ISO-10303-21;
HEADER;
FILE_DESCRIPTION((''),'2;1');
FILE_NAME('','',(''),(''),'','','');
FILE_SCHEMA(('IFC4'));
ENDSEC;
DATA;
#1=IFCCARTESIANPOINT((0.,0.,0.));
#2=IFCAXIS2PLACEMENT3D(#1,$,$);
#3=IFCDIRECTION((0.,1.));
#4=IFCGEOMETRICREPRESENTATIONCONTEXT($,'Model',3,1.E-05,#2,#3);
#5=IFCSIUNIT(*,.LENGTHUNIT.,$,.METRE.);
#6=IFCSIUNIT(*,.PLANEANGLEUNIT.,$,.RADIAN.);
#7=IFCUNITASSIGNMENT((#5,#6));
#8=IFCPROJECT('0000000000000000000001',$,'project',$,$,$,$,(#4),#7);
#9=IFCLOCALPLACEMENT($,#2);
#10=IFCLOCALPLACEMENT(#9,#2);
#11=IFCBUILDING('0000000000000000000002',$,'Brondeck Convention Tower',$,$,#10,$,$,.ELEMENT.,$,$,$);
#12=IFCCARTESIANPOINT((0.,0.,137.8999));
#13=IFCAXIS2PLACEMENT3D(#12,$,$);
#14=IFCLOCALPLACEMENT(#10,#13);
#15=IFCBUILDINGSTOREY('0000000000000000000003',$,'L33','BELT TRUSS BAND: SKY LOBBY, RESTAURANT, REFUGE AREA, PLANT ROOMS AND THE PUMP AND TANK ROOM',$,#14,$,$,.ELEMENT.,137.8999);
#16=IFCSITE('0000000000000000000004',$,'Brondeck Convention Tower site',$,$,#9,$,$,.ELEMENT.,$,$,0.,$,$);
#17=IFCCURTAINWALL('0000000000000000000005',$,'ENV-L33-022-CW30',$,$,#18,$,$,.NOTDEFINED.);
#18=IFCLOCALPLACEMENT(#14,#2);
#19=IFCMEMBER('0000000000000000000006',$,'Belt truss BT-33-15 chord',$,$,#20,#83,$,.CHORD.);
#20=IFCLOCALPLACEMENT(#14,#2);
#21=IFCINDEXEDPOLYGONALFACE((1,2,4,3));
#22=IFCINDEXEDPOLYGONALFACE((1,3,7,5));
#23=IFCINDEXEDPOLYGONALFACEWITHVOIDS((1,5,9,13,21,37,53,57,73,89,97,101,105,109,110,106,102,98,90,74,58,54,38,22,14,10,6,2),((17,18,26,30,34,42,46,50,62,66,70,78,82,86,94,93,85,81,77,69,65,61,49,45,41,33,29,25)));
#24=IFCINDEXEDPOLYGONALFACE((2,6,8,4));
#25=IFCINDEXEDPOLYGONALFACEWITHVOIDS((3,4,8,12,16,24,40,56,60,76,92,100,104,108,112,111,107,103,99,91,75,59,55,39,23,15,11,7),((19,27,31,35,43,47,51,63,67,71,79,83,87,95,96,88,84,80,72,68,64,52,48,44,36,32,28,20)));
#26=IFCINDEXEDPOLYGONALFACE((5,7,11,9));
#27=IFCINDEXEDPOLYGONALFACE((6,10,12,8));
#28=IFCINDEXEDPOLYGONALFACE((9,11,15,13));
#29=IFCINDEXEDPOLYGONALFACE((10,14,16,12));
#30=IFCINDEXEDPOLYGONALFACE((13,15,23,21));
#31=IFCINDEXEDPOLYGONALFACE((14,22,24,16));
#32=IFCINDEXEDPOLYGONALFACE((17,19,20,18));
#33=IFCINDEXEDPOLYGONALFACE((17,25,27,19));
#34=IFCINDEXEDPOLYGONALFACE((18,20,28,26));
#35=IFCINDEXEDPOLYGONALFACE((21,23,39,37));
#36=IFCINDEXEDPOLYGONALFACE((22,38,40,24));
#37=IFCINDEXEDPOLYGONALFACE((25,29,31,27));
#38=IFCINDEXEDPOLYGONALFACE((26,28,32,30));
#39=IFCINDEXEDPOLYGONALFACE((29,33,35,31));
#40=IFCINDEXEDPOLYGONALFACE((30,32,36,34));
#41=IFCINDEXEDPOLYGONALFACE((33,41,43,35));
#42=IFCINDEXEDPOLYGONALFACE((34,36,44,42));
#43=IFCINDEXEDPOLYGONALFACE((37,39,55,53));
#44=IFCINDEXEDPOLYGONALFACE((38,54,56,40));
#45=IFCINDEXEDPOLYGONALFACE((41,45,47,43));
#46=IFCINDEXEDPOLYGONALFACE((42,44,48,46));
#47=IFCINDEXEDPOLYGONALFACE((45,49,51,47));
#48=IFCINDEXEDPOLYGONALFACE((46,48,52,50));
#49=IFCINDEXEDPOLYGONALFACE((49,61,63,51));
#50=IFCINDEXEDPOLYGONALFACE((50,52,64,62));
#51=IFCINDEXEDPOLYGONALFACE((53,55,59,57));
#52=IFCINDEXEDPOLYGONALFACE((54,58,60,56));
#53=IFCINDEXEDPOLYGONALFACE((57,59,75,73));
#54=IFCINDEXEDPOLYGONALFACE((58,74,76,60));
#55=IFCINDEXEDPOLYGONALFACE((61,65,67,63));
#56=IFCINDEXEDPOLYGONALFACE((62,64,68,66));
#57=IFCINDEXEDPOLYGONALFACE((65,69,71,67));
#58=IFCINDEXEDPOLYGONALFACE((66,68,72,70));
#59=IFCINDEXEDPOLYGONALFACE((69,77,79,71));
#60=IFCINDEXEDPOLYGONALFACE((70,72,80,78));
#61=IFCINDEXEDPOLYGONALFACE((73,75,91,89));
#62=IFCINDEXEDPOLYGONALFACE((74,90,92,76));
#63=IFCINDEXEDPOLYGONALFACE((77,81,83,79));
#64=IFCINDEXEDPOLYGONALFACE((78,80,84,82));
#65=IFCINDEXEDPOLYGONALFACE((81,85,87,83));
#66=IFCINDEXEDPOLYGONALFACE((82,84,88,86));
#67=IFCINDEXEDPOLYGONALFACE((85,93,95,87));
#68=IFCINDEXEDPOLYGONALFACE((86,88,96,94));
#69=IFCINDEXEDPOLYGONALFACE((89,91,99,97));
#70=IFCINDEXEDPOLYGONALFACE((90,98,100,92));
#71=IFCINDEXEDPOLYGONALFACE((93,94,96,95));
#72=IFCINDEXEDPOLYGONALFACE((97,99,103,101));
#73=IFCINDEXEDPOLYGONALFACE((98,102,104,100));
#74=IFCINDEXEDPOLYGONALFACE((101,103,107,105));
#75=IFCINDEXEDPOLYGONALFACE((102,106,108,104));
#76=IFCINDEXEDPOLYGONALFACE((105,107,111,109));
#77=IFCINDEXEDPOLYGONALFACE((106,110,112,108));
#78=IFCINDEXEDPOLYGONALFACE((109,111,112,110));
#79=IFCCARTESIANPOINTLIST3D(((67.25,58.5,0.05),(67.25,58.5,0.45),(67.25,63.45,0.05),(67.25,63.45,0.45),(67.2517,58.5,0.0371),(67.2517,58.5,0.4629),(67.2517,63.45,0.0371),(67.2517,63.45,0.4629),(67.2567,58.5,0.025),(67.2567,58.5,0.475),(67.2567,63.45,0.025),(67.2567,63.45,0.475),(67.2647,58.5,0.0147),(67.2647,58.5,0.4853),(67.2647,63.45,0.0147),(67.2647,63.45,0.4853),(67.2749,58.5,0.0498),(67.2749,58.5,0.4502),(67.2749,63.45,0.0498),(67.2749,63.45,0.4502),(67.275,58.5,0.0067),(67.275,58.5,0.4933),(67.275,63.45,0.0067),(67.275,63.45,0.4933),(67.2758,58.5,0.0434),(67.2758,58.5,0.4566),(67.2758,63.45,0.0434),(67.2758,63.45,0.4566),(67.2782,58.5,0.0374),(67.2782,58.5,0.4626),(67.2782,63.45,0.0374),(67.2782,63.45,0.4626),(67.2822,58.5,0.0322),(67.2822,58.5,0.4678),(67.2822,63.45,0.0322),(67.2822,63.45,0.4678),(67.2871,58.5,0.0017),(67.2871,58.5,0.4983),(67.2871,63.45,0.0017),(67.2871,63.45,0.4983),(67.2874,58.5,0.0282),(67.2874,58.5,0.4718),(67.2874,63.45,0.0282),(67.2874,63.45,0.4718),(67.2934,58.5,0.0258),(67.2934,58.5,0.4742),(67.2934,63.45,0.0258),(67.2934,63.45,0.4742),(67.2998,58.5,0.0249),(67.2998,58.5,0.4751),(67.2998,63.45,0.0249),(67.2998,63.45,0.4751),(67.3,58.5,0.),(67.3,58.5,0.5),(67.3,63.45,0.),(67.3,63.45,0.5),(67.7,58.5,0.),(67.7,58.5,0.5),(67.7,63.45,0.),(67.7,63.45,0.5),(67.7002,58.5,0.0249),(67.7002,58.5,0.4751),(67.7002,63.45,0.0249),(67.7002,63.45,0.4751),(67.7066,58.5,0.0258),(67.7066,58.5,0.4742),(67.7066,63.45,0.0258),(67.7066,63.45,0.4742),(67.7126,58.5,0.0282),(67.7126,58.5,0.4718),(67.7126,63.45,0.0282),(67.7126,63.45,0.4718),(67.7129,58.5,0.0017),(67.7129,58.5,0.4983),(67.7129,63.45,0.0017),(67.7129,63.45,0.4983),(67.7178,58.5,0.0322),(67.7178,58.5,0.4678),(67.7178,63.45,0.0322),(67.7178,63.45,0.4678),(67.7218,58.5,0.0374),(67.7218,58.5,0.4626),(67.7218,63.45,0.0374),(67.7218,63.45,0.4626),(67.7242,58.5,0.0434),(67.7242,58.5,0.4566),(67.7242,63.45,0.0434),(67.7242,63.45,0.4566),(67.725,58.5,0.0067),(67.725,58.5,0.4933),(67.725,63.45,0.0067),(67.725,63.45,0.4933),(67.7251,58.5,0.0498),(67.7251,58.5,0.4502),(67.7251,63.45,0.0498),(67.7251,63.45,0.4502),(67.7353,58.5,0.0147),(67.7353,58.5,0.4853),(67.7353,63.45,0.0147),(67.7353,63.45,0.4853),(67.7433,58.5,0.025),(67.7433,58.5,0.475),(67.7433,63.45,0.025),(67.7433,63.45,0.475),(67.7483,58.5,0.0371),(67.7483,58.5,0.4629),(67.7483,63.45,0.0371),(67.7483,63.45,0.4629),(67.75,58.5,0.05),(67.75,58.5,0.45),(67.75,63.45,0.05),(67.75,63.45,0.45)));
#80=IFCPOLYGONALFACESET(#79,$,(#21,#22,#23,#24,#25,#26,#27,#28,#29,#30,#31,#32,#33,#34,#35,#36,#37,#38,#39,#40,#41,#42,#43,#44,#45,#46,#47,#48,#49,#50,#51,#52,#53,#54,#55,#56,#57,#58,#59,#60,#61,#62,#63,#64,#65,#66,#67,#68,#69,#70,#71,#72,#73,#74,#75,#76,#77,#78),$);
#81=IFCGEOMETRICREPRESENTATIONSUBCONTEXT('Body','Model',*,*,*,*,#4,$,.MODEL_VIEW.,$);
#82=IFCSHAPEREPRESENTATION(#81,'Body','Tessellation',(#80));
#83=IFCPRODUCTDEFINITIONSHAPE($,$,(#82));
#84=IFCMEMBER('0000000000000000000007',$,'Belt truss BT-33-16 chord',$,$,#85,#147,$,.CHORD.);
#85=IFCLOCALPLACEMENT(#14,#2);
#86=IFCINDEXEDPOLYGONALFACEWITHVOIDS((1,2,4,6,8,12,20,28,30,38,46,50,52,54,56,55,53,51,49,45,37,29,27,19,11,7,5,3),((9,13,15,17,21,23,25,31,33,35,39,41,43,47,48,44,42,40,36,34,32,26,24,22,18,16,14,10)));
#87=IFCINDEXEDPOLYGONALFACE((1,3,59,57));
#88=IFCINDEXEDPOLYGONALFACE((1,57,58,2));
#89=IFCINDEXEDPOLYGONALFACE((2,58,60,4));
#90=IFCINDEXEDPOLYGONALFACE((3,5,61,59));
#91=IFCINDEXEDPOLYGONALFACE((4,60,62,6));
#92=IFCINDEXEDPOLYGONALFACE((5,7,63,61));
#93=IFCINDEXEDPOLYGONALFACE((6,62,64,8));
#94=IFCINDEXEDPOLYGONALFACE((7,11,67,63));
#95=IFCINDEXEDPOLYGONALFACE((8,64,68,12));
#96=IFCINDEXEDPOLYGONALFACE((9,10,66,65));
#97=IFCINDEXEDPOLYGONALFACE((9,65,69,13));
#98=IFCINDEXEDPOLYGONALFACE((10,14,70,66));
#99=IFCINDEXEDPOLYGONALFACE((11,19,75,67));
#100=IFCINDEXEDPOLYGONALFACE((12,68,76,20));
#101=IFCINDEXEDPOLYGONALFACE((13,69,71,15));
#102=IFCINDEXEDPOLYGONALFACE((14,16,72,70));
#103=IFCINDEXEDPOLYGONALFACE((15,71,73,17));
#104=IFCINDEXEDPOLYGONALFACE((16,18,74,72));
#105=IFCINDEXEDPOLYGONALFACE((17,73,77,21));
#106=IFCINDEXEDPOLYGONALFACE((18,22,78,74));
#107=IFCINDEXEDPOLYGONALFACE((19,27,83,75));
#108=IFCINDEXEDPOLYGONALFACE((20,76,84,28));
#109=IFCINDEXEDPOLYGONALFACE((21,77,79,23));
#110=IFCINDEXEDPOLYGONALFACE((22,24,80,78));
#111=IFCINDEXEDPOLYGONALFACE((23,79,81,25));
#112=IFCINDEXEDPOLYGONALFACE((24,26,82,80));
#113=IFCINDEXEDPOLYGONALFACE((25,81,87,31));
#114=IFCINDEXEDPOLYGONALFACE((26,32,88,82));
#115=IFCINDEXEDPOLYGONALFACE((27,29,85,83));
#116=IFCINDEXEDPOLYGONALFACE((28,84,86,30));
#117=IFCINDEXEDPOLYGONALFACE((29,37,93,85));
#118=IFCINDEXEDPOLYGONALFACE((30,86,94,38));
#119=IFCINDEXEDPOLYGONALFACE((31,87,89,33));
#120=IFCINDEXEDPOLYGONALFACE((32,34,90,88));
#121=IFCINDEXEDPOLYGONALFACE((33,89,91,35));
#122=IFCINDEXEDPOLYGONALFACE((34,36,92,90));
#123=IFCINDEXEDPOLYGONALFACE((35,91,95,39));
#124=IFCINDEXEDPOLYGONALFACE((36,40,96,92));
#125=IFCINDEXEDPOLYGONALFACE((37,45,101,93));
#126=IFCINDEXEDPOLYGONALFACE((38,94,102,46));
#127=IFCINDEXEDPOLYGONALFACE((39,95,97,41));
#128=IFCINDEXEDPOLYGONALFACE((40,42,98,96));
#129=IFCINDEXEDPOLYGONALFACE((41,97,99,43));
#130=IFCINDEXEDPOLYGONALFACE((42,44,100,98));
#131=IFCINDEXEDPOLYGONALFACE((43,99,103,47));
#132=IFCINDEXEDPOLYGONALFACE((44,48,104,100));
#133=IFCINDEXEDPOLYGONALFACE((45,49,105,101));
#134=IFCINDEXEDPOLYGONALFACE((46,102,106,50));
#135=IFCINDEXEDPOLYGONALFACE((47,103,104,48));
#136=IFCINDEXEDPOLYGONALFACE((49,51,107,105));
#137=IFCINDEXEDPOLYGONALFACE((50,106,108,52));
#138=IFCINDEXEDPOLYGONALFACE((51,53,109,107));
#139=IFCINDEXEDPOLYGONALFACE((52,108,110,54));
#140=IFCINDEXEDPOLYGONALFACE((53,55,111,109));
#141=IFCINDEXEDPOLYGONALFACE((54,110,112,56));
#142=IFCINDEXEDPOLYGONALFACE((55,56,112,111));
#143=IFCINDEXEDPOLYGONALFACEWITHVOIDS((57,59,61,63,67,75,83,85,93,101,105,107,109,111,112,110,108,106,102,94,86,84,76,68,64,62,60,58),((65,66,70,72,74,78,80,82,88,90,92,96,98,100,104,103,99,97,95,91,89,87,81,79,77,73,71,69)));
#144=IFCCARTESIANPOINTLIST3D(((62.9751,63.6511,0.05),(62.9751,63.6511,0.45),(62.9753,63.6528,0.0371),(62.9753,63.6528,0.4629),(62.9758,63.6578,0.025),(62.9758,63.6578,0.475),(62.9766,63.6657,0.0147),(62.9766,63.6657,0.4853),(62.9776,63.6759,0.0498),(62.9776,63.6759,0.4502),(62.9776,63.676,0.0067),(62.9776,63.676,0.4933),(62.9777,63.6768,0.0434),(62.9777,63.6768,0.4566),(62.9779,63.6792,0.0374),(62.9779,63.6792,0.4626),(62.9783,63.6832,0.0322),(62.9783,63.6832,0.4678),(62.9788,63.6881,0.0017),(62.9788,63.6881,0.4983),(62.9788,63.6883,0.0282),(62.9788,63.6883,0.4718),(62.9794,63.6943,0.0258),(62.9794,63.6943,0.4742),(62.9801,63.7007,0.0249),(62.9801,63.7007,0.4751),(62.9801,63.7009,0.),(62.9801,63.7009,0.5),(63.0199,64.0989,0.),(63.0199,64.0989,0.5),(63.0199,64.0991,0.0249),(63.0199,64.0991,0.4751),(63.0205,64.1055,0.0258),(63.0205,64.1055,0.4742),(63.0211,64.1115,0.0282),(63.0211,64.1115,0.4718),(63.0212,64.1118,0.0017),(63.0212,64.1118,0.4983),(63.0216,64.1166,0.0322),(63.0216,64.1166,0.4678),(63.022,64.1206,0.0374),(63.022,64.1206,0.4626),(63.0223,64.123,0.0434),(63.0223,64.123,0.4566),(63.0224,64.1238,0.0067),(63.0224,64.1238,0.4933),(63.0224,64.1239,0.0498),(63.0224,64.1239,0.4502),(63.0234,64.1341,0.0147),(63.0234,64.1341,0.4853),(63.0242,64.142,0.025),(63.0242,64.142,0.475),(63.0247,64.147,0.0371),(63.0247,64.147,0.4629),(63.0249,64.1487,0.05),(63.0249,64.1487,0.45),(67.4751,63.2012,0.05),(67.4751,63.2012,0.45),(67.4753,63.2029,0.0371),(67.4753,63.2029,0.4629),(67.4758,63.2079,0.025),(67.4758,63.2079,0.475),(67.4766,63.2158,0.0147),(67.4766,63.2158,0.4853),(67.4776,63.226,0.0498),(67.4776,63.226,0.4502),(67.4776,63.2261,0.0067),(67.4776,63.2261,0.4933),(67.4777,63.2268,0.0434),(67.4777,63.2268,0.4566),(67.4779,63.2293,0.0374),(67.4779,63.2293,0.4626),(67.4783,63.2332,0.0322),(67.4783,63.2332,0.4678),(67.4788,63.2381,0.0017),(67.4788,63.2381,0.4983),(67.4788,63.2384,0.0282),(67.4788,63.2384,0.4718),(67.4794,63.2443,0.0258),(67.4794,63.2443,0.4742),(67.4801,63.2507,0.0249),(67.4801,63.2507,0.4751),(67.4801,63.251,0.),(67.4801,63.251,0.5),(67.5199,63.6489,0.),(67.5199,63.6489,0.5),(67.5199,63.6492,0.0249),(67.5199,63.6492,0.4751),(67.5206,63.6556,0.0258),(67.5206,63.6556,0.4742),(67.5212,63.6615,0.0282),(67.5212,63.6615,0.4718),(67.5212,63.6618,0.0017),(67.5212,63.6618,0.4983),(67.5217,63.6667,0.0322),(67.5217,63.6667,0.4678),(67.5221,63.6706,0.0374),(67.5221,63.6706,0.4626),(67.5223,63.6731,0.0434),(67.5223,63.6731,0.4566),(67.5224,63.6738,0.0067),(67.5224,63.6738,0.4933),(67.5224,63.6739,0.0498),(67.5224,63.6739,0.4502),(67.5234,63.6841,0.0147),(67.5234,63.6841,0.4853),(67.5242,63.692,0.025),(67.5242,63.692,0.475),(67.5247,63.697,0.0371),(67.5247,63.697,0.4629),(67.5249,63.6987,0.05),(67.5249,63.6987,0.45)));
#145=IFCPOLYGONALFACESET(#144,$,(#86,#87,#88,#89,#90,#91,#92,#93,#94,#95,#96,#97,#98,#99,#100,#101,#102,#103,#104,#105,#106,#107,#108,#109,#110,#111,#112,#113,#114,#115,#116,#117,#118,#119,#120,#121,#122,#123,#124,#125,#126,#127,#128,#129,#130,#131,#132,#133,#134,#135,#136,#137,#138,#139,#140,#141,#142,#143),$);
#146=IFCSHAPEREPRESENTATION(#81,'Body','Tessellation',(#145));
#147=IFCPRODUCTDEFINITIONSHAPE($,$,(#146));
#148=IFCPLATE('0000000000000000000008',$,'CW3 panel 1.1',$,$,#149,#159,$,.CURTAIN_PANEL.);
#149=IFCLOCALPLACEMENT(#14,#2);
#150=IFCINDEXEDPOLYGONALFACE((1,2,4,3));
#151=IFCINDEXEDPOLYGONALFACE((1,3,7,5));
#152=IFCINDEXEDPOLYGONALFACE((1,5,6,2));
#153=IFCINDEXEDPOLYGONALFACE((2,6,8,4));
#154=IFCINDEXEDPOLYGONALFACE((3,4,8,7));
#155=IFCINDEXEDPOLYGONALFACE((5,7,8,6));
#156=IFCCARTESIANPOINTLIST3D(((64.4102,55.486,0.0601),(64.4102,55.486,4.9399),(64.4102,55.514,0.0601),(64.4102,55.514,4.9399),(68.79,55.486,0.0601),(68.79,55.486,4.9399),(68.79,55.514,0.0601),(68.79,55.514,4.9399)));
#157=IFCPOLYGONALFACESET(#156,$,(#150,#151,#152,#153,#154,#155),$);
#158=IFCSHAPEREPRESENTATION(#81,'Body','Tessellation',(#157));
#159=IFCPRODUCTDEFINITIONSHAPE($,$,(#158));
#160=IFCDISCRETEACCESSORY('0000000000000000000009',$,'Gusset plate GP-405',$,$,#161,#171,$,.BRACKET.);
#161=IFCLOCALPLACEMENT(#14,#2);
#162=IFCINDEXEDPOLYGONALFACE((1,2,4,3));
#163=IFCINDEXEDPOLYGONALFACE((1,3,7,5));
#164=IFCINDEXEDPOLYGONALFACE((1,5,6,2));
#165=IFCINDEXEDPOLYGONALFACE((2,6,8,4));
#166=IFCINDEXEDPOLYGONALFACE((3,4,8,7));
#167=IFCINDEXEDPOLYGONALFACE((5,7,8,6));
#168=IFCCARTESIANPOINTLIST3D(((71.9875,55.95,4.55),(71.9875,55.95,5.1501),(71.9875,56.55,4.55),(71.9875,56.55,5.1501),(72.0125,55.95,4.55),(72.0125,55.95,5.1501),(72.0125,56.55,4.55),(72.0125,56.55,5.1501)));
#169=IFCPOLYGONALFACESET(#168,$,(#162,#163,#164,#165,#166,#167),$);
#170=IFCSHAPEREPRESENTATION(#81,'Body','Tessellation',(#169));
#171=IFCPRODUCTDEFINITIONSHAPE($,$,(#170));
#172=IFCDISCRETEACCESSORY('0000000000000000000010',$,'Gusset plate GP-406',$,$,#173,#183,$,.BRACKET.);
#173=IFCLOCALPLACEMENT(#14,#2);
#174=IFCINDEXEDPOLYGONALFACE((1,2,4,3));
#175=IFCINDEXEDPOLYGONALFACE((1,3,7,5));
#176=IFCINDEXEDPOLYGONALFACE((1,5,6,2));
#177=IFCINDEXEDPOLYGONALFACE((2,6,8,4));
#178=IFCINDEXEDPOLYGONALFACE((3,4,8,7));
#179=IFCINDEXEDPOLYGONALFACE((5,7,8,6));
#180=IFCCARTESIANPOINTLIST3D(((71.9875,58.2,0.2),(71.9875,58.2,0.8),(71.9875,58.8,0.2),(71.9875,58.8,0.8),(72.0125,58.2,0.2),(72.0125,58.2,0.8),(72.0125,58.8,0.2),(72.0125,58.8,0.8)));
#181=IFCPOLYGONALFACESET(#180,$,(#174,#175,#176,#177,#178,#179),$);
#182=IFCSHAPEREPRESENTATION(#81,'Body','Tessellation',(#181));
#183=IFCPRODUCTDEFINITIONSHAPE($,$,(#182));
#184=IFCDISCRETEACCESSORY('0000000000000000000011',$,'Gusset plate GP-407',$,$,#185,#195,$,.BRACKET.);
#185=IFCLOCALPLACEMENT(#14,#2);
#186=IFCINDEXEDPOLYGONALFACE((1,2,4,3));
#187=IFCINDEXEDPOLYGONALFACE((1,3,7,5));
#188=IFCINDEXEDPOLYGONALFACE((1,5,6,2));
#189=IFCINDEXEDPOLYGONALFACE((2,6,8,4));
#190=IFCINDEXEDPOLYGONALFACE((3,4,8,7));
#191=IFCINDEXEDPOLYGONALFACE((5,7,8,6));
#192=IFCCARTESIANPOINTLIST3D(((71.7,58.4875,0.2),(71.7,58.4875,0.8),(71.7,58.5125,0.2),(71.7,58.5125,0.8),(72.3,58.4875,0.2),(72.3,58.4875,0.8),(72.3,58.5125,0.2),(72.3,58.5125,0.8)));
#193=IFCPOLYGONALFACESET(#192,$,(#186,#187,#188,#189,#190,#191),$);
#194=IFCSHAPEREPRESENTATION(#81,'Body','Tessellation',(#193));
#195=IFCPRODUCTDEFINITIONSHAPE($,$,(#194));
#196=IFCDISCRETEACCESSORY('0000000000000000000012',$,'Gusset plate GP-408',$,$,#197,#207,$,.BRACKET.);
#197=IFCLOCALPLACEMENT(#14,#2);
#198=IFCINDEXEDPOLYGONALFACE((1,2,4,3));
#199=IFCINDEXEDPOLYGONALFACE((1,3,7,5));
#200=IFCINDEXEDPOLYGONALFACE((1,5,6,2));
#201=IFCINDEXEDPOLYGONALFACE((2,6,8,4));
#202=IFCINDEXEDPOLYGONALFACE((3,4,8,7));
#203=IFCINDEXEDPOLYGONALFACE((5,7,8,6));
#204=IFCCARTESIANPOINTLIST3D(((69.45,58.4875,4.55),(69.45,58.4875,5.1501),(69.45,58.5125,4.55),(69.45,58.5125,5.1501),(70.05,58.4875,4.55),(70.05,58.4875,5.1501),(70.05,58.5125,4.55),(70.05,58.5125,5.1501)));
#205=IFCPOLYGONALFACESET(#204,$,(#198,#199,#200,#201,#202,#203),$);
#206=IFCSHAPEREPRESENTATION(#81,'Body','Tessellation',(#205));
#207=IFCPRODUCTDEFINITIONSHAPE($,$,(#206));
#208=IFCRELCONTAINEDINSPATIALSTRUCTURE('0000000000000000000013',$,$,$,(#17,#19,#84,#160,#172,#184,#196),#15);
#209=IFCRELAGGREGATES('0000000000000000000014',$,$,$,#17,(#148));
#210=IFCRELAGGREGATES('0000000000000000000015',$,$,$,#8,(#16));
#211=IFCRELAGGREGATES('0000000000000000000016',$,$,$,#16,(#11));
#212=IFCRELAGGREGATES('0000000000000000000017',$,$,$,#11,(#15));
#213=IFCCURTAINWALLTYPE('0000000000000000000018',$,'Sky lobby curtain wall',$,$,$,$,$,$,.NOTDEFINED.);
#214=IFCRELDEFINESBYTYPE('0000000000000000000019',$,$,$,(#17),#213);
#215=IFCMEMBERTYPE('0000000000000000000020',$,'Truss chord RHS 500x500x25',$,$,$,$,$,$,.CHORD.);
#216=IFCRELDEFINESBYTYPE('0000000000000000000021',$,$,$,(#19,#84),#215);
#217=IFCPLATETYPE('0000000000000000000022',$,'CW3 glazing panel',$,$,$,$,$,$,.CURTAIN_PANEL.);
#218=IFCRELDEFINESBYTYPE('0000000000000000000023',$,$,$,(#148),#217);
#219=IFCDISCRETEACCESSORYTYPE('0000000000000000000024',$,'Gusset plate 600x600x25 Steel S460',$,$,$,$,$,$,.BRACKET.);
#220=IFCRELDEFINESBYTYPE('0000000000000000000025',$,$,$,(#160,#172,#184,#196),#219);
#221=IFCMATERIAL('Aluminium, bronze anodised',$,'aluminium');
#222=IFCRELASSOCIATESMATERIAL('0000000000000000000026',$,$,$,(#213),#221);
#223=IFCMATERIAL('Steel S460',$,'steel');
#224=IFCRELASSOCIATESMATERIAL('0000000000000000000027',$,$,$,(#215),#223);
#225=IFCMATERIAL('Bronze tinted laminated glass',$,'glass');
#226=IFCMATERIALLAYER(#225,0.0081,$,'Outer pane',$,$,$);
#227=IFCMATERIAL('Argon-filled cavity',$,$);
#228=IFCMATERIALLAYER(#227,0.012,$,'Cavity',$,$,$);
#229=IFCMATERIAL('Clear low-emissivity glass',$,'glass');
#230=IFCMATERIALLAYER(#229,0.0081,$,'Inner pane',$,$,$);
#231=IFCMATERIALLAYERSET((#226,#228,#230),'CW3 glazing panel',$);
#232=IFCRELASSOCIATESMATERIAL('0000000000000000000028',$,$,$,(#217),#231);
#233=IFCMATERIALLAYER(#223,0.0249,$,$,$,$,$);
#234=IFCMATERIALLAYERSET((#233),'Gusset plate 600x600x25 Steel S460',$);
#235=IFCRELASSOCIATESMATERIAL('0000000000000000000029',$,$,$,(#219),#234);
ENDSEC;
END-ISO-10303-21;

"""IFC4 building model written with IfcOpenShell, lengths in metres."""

from ifc_helpers import new_model, si_unit, direction, frame, origin, origin_2d, place, context, subcontext, project, spatial, rectangle, hollow_rectangle, extrude, material, layer, layer_set, material_profile, profile_set, type_object, element, aggregate, save


model = new_model("IFC4")

# Units and contexts
model_context = context("Model", 3, precision=1e-05, world=origin(), true_north=direction((0.0, 1.0)))
body_context = subcontext(model_context, "Body", "Model", "MODEL_VIEW")
ifc_project = project(units=[si_unit("LENGTHUNIT", "METRE"), si_unit("PLANEANGLEUNIT", "RADIAN")], contexts=[model_context])

# Site, building, storey
site_placement = place(None, origin())
site = spatial("IfcSite", under=ifc_project, at=site_placement, Name="Brondeck Convention Tower site", CompositionType="ELEMENT", RefElevation=0.0)
building_placement = place(site_placement, origin())
building = spatial("IfcBuilding", under=site, at=building_placement, Name="Brondeck Convention Tower", CompositionType="ELEMENT")
storey_placement = place(building_placement, frame((0.0, 0.0, 137.8999)))
storey = spatial("IfcBuildingStorey", under=building, at=storey_placement, Name="L33", Description="BELT TRUSS BAND: SKY LOBBY, RESTAURANT, REFUGE AREA, PLANT ROOMS AND THE PUMP AND TANK ROOM", CompositionType="ELEMENT", Elevation=137.8999)

# Curtain wall
ifc_material_1 = material(Name="Aluminium, bronze anodised", Category="aluminium")
curtain_wall_type = type_object("IfcCurtainWallType", Name="Sky lobby curtain wall", PredefinedType="NOTDEFINED", material=ifc_material_1)
curtain_wall_1_placement = place(storey_placement, origin())
curtain_wall_1 = element("IfcCurtainWall", 1, at=curtain_wall_1_placement, inside=storey, type_object=curtain_wall_type, Name="ENV-L33-022-CW30", PredefinedType="NOTDEFINED")

# Shared definitions
ifc_material_2 = material(Name="Steel S460", Category="steel")

# Members
ifc_material_profile_1 = material_profile(ifc_material_2, hollow_rectangle(XDim=0.5, YDim=0.5, WallThickness=0.0249, InnerFilletRadius=0.0249, OuterFilletRadius=0.05, at=origin_2d()), Name="RHS 500x500x25")
ifc_profile_set_1 = profile_set([ifc_material_profile_1], Name="Steel S460")
member_type_1 = type_object("IfcMemberType", Name="Truss chord RHS 500x500x25", PredefinedType="CHORD", material=ifc_profile_set_1)
member_1_placement = place(storey_placement, frame((67.5, 58.5, 0.25), z_axis=(0.0, 1.0, 0.0), x_axis=(-1.0, 0.0, 0.0)))
element("IfcMember", 2, at=member_1_placement, inside=storey, type_object=member_type_1, Name="Belt truss BT-33-15 chord", PredefinedType="CHORD", context=body_context, shape_type="SweptSolid", body=[
    extrude(hollow_rectangle(XDim=0.5, YDim=0.5, WallThickness=0.0249, InnerFilletRadius=0.0249, OuterFilletRadius=0.05, at=origin_2d()), origin(), (0.0, 0.0, 1.0), 4.95),
])
member_2_placement = place(storey_placement, frame((67.5, 63.45, 0.25), z_axis=(-0.995038, 0.099493, 0.0), x_axis=(-0.099493, -0.995038, 0.0)))
element("IfcMember", 3, at=member_2_placement, inside=storey, type_object=member_type_1, Name="Belt truss BT-33-16 chord", PredefinedType="CHORD", context=body_context, shape_type="SweptSolid", body=[
    extrude(hollow_rectangle(XDim=0.5, YDim=0.5, WallThickness=0.0249, InnerFilletRadius=0.0249, OuterFilletRadius=0.05, at=origin_2d()), origin(), (0.0, 0.0, 1.0), 4.5225),
])

# Plate
ifc_material_3 = material(Name="Bronze tinted laminated glass", Category="glass")
ifc_layer_1 = layer(ifc_material_3, 0.0081, Name="Outer pane")
ifc_material_4 = material(Name="Argon-filled cavity")
ifc_layer_2 = layer(ifc_material_4, 0.012, Name="Cavity")
ifc_material_5 = material(Name="Clear low-emissivity glass", Category="glass")
ifc_layer_3 = layer(ifc_material_5, 0.0081, Name="Inner pane")
ifc_layer_set_1 = layer_set([ifc_layer_1, ifc_layer_2, ifc_layer_3], Name="CW3 glazing panel")
plate_type = type_object("IfcPlateType", Name="CW3 glazing panel", PredefinedType="CURTAIN_PANEL", material=ifc_layer_set_1)
plate_placement = place(storey_placement, frame((66.6001, 55.5, 0.0601), z_axis=(0.0, 0.0, 1.0), x_axis=(1.0, 0.0, 0.0)))
plate = element("IfcPlate", 4, at=plate_placement, type_object=plate_type, Name="CW3 panel 1.1", PredefinedType="CURTAIN_PANEL", context=body_context, shape_type="SweptSolid", body=[
    extrude(rectangle(XDim=4.3799, YDim=0.0281, at=origin_2d()), origin(), (0.0, 0.0, 1.0), 4.8799),
])
aggregate(curtain_wall_1, [plate])

# Discrete accessories
ifc_layer_4 = layer(ifc_material_2, 0.0249)
ifc_layer_set_2 = layer_set([ifc_layer_4], Name="Gusset plate 600x600x25 Steel S460")
discrete_accessory_type = type_object("IfcDiscreteAccessoryType", Name="Gusset plate 600x600x25 Steel S460", PredefinedType="BRACKET", material=ifc_layer_set_2)
for number, where, z_axis, x_axis, name in (
    (5, (72.0, 56.25, 4.55), (0.0, 0.0, 1.0), (0.0, 1.0, 0.0), "Gusset plate GP-405"),
    (6, (72.0, 58.5, 0.2), (0.0, 0.0, 1.0), (0.0, 1.0, 0.0), "Gusset plate GP-406"),
    (7, (72.0, 58.5, 0.2), (0.0, 0.0, 1.0), (1.0, 0.0, 0.0), "Gusset plate GP-407"),
    (8, (69.75, 58.5, 4.55), (0.0, 0.0, 1.0), (1.0, 0.0, 0.0), "Gusset plate GP-408"),
):
    element("IfcDiscreteAccessory", number, at=place(storey_placement, frame(where, z_axis=z_axis, x_axis=x_axis)), inside=storey, type_object=discrete_accessory_type, Name=name, PredefinedType="BRACKET", context=body_context, shape_type="SweptSolid", body=[
        extrude(rectangle(XDim=0.6001, YDim=0.0249, at=origin_2d()), origin(), (0.0, 0.0, 1.0), 0.6001),
    ])

save(model, "model.ifc")
